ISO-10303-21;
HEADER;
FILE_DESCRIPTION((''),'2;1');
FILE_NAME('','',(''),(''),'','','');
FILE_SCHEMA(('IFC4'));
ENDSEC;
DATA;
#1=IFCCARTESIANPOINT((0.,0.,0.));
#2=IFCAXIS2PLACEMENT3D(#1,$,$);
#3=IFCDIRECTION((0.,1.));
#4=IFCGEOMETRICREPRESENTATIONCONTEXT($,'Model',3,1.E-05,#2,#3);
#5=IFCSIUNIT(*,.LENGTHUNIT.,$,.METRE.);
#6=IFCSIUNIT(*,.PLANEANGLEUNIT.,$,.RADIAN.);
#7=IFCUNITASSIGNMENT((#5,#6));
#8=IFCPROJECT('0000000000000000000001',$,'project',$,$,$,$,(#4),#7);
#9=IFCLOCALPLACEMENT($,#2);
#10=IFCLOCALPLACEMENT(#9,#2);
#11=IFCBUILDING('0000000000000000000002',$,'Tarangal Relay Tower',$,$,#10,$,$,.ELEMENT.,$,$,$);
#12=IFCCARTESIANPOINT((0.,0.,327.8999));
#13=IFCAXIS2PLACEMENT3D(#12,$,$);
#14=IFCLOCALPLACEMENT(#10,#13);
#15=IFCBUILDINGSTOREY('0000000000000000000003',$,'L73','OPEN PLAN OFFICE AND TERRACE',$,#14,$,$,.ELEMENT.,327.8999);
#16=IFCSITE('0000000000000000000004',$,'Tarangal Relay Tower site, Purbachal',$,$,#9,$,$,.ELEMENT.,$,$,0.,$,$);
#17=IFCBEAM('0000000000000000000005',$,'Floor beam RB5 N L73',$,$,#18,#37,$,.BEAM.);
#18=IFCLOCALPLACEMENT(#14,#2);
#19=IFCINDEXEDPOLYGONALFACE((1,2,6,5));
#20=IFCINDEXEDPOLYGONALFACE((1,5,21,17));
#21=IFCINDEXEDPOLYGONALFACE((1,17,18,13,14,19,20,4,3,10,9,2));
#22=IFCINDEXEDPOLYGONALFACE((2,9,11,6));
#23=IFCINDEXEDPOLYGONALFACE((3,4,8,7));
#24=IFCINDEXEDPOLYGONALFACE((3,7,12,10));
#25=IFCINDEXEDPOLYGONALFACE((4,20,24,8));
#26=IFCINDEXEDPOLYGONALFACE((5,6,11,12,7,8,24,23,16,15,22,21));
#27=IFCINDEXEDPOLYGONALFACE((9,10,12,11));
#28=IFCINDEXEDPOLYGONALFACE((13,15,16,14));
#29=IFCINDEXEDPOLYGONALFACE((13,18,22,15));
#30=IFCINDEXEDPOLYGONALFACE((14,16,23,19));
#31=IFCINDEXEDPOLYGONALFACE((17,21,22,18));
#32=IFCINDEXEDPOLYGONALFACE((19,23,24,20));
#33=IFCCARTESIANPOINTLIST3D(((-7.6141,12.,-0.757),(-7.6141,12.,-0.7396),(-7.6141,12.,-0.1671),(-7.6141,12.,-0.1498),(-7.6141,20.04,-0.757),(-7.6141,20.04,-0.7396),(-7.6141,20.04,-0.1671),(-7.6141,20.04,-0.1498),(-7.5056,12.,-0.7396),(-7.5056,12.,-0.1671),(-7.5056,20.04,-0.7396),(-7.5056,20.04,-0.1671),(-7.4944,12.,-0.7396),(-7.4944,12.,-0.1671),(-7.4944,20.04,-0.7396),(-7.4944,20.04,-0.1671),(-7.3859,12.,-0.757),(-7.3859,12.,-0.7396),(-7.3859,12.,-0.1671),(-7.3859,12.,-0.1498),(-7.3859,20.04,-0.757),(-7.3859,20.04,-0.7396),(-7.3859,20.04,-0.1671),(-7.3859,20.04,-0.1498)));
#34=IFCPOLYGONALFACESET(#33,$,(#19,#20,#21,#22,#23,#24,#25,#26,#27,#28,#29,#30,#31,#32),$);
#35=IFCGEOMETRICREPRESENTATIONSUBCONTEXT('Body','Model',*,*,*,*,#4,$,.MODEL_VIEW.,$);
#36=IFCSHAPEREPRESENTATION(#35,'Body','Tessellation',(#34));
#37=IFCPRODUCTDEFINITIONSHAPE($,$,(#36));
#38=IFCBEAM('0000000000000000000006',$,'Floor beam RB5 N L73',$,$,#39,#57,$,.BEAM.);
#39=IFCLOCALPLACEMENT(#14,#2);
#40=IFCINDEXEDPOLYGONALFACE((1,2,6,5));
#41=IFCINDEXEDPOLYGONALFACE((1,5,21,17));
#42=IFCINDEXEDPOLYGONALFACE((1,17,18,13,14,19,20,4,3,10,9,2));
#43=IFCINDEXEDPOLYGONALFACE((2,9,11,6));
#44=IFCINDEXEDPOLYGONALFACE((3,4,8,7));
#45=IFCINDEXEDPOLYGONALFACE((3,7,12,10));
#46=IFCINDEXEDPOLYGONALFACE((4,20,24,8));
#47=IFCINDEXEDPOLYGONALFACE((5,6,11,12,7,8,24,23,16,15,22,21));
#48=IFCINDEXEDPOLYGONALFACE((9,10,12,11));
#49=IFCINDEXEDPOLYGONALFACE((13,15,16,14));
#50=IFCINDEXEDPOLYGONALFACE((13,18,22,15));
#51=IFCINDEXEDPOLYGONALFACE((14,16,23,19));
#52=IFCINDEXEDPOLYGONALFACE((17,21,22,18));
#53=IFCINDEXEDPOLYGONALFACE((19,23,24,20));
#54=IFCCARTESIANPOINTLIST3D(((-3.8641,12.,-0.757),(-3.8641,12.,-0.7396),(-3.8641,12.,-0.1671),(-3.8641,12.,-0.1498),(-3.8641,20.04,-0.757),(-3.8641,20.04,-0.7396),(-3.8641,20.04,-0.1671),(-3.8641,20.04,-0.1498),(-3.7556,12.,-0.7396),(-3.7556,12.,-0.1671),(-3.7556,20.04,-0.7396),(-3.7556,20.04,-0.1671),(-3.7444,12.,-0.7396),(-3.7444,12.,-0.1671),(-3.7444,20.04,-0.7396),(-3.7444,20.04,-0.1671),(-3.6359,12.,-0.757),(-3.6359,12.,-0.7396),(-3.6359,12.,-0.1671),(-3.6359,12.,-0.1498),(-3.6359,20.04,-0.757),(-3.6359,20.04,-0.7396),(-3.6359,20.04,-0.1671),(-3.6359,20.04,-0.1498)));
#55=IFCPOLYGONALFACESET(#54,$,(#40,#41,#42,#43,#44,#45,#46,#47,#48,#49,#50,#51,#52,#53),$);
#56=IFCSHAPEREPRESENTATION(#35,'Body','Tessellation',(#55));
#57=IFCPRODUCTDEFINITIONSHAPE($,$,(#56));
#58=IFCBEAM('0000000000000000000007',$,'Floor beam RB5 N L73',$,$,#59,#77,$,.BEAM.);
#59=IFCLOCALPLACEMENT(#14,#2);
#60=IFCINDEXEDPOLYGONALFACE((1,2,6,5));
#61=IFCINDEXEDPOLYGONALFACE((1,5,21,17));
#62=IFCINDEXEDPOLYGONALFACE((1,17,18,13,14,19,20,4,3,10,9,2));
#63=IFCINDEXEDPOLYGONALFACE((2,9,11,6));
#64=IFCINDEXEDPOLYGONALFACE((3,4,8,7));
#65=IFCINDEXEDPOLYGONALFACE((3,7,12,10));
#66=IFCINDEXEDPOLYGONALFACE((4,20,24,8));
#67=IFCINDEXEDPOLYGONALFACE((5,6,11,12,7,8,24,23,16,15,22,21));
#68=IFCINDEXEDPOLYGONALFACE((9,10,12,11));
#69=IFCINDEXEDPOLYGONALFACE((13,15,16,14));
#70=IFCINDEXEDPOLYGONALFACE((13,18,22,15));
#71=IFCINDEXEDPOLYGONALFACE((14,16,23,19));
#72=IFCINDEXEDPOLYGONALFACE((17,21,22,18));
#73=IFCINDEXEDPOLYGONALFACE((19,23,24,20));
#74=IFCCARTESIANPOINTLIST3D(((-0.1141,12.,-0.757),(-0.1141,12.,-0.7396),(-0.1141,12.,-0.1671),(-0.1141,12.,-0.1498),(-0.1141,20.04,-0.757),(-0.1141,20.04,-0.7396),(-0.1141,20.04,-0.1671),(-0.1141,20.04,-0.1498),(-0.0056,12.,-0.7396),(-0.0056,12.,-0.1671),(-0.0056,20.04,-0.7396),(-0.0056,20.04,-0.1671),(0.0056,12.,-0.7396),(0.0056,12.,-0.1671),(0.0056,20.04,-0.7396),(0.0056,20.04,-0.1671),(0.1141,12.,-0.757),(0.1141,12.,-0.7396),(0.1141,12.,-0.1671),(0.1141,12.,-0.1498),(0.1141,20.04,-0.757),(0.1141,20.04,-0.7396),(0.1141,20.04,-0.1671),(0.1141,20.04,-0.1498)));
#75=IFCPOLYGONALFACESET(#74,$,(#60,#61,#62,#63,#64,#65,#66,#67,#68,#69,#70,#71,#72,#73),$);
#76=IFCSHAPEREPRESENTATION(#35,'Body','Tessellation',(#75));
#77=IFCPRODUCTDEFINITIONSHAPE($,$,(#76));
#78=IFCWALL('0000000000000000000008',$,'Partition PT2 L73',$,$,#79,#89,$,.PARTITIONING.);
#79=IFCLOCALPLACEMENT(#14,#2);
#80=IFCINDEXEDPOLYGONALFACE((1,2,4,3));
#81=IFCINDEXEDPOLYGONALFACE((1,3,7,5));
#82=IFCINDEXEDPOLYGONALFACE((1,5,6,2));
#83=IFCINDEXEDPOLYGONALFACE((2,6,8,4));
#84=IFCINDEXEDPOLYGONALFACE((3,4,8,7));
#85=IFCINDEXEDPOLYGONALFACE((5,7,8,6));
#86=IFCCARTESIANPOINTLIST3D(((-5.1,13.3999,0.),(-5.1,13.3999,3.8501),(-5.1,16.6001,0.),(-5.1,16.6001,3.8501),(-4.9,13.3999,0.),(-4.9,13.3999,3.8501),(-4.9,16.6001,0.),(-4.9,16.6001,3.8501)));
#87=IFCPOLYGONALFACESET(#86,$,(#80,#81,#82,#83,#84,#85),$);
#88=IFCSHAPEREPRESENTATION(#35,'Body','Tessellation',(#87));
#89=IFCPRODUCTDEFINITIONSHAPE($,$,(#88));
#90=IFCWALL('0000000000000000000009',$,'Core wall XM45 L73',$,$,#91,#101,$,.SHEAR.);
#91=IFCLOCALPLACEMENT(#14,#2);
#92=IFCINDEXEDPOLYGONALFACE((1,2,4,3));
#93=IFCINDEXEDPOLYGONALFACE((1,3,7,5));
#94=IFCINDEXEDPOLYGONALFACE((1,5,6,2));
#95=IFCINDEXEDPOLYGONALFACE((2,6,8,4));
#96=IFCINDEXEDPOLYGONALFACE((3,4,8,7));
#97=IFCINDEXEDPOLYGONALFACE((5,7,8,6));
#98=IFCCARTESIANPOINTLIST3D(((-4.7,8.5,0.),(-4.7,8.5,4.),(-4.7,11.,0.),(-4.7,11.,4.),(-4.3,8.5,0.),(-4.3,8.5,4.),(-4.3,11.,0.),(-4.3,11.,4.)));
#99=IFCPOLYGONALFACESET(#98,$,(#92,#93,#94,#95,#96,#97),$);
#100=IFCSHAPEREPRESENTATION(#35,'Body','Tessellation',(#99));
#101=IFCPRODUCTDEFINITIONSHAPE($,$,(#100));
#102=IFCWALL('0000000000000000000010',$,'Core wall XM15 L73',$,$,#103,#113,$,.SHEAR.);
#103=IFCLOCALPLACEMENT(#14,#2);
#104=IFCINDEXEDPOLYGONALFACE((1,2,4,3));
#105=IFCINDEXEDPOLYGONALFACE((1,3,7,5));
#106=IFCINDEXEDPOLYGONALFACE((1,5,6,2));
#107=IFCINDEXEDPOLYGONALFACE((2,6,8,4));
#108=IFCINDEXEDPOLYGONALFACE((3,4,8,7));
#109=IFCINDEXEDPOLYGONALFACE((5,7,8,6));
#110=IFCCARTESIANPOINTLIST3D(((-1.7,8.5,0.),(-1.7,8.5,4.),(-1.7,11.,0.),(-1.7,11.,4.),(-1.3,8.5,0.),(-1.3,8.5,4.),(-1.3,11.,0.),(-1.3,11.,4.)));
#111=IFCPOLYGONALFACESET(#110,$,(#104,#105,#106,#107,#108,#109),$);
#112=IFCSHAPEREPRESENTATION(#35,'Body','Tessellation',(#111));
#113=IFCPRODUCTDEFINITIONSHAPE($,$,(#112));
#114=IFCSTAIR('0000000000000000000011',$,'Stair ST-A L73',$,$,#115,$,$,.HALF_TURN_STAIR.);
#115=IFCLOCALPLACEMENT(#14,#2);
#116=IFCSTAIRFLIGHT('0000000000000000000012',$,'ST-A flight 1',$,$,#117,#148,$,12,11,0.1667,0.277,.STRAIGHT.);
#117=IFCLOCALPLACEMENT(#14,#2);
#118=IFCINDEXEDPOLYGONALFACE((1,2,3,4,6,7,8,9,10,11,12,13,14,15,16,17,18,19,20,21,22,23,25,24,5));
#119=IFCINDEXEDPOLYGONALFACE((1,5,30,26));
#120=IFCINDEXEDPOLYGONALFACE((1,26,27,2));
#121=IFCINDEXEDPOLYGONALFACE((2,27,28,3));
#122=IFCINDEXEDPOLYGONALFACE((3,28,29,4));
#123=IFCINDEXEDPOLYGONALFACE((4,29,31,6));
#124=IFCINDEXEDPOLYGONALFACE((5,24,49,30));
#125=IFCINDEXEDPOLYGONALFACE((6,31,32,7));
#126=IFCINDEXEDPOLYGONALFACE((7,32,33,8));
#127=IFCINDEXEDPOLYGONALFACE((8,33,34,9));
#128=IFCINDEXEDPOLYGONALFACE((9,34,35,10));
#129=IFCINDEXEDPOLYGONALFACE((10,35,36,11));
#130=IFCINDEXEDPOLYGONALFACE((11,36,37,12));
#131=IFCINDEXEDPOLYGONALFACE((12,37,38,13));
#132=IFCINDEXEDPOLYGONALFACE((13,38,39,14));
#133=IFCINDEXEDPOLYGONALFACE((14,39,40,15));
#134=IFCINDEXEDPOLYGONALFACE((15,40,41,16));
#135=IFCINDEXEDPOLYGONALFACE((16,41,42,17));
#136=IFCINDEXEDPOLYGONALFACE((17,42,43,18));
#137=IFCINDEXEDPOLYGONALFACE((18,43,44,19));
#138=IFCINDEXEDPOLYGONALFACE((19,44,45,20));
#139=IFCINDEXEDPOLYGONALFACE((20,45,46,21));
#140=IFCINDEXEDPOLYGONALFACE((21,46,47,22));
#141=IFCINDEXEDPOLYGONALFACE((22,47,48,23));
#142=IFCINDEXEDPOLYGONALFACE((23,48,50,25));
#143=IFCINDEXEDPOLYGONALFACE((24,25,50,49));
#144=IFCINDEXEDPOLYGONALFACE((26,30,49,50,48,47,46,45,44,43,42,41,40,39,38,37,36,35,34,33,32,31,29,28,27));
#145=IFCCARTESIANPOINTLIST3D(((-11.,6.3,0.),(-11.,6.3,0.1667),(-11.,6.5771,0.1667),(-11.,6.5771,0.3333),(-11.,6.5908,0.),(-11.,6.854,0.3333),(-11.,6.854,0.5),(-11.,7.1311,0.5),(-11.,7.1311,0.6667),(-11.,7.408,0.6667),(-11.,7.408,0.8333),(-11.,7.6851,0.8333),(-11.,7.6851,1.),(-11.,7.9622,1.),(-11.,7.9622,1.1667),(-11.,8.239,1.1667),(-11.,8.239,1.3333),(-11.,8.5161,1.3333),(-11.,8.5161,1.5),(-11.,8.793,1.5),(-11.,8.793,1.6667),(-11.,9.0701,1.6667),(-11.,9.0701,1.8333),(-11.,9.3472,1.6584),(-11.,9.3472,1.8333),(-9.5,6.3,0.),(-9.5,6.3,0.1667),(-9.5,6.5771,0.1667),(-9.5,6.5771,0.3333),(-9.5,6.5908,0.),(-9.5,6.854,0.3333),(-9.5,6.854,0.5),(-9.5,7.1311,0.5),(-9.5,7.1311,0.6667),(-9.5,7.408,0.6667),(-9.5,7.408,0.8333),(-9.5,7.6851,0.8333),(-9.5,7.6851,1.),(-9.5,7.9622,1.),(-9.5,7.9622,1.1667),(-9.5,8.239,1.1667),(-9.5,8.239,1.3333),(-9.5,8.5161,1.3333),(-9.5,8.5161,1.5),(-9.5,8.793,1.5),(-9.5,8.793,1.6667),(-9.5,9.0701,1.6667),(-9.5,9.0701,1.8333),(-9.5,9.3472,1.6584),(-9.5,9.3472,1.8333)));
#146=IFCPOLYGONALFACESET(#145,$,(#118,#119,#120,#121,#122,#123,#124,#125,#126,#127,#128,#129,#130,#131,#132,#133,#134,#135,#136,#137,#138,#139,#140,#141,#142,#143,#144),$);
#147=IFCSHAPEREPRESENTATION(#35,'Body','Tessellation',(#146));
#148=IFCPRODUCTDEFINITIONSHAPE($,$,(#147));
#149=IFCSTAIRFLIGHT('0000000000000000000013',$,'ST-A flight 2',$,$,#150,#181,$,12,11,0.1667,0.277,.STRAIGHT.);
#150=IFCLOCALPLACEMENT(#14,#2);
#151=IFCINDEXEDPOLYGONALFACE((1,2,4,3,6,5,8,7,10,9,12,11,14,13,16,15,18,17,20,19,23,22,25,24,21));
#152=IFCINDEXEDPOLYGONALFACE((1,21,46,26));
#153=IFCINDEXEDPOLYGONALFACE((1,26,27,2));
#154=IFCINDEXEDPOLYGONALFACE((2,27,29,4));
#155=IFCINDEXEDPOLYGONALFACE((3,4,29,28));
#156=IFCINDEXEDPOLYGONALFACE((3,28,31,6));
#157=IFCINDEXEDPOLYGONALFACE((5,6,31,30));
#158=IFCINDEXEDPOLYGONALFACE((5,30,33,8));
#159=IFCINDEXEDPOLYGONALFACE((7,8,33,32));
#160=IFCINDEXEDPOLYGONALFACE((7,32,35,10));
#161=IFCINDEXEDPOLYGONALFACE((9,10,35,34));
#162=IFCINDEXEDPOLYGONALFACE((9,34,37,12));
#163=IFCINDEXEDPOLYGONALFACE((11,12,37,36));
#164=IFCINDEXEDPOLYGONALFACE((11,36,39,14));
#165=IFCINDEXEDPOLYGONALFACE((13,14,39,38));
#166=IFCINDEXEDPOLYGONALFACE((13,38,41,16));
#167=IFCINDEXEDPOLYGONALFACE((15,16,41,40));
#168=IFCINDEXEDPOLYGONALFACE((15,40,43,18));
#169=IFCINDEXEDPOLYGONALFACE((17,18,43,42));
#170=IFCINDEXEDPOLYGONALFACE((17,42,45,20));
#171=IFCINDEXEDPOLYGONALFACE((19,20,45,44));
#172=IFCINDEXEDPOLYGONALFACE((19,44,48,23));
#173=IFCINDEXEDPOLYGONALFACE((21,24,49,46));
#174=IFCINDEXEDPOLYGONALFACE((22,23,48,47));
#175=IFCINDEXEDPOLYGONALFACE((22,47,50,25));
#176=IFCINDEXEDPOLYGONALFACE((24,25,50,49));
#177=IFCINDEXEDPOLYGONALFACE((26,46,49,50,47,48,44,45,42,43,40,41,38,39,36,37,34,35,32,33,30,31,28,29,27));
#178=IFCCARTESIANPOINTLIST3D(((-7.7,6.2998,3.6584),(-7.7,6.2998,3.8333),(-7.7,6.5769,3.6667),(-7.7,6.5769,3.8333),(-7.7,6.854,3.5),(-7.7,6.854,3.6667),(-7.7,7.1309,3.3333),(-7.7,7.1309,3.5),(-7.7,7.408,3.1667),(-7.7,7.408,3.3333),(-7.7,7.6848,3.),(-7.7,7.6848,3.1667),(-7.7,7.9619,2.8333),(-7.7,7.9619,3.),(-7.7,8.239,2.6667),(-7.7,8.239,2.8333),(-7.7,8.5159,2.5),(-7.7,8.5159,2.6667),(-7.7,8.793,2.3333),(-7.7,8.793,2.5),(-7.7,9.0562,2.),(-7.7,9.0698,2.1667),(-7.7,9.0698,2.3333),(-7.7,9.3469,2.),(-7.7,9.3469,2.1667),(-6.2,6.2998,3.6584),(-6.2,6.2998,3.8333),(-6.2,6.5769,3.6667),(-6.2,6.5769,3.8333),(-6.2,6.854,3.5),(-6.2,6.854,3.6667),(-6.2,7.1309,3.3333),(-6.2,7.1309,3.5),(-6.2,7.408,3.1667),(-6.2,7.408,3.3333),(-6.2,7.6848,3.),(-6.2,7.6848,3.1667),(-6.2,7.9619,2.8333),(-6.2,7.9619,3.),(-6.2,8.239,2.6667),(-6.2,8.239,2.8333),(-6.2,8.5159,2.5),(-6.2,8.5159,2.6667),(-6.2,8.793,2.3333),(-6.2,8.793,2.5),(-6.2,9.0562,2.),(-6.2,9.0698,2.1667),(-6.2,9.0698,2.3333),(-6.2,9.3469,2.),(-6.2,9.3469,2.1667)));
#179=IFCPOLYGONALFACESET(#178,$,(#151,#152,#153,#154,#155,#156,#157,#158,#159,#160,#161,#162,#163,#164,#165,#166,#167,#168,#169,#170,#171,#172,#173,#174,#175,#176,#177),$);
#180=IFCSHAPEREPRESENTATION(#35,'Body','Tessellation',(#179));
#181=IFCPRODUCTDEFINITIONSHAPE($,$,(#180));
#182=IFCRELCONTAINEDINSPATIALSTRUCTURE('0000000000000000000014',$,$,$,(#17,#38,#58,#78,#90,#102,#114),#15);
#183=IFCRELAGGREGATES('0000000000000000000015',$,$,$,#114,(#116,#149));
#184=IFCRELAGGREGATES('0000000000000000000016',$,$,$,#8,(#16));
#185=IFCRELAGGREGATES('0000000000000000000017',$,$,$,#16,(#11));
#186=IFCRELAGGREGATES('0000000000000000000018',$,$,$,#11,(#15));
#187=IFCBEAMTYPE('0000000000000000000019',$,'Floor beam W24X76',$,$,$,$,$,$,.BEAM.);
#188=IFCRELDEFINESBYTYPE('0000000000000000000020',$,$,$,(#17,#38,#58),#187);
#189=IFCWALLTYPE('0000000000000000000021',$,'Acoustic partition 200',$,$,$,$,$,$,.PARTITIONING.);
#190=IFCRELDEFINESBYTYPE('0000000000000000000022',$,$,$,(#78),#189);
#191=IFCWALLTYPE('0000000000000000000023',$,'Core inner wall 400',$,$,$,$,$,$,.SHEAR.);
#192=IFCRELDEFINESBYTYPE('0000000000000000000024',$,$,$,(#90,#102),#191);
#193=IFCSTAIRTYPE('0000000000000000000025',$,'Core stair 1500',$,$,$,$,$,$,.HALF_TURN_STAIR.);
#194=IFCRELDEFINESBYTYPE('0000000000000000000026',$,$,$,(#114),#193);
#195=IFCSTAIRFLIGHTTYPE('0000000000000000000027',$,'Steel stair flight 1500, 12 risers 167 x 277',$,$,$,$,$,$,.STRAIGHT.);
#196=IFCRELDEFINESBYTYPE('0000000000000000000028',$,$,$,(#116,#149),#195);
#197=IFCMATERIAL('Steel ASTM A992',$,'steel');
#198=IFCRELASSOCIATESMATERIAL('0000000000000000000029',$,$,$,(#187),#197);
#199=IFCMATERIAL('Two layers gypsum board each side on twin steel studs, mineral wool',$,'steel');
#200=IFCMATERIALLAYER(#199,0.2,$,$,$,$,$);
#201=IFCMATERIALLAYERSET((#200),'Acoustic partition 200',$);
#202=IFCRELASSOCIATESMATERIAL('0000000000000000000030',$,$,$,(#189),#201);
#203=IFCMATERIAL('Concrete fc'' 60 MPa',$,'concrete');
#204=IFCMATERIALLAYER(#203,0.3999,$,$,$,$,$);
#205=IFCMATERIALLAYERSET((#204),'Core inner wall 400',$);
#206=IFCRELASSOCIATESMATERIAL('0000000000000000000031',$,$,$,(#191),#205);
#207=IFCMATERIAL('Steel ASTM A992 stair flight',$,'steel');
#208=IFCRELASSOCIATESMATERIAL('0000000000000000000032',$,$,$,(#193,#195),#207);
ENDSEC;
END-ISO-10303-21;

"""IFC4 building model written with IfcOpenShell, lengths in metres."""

from ifc_helpers import new_model, si_unit, direction, frame, frame_2d, origin, origin_2d, place, context, subcontext, project, spatial, polyline, rectangle, i_section, outline, extrude, material, layer, layer_set, material_profile, profile_set, type_object, element, aggregate, save


model = new_model("IFC4")

# Units and contexts
model_context = context("Model", 3, precision=1e-05, world=origin(), true_north=direction((0.0, 1.0)))
body_context = subcontext(model_context, "Body", "Model", "MODEL_VIEW")
ifc_project = project(units=[si_unit("LENGTHUNIT", "METRE"), si_unit("PLANEANGLEUNIT", "RADIAN")], contexts=[model_context])

# Site, building, storey
site_placement = place(None, origin())
site = spatial("IfcSite", under=ifc_project, at=site_placement, Name="Tarangal Relay Tower site, Purbachal", CompositionType="ELEMENT", RefElevation=0.0)
building_placement = place(site_placement, origin())
building = spatial("IfcBuilding", under=site, at=building_placement, Name="Tarangal Relay Tower", CompositionType="ELEMENT")
storey_placement = place(building_placement, frame((0.0, 0.0, 327.8999)))
storey = spatial("IfcBuildingStorey", under=building, at=storey_placement, Name="L73", Description="OPEN PLAN OFFICE AND TERRACE", CompositionType="ELEMENT", Elevation=327.8999)

# Beams
ifc_material_1 = material(Name="Steel ASTM A992", Category="steel")
ifc_material_profile = material_profile(ifc_material_1, i_section(OverallWidth=0.2283, OverallDepth=0.6072, WebThickness=0.0112, FlangeThickness=0.0173, at=origin_2d()), Name="W24X76")
ifc_profile_set = profile_set([ifc_material_profile], Name="Steel ASTM A992")
beam_type = type_object("IfcBeamType", Name="Floor beam W24X76", PredefinedType="BEAM", material=ifc_profile_set)
for number, where, z_axis, x_axis, name in (
    (1, (-7.5, 12.0, -0.4534), (0.0, 1.0, 0.0), (-1.0, 0.0, 0.0), "Floor beam RB5 N L73"),
    (2, (-3.75, 12.0, -0.4534), (0.0, 1.0, 0.0), (-1.0, 0.0, 0.0), "Floor beam RB5 N L73"),
    (3, (0.0, 12.0, -0.4534), (0.0, 1.0, 0.0), (-1.0, 0.0, 0.0), "Floor beam RB5 N L73"),
):
    element("IfcBeam", number, at=place(storey_placement, frame(where, z_axis=z_axis, x_axis=x_axis)), inside=storey, type_object=beam_type, Name=name, PredefinedType="BEAM", context=body_context, shape_type="SweptSolid", body=[
        extrude(i_section(OverallWidth=0.2283, OverallDepth=0.6072, WebThickness=0.0112, FlangeThickness=0.0173, at=origin_2d()), origin(), (0.0, 0.0, 1.0), 8.04),
    ])

# Wall
ifc_material_2 = material(Name="Two layers gypsum board each side on twin steel studs, mineral wool", Category="steel")
ifc_layer_1 = layer(ifc_material_2, 0.2)
ifc_layer_set_1 = layer_set([ifc_layer_1], Name="Acoustic partition 200")
wall_type_1 = type_object("IfcWallType", Name="Acoustic partition 200", PredefinedType="PARTITIONING", material=ifc_layer_set_1)
wall_1_placement = place(storey_placement, frame((-5.0, 13.3999, 0.0), z_axis=(0.0, 0.0, 1.0), x_axis=(0.0, 1.0, 0.0)))
element("IfcWall", 4, at=wall_1_placement, inside=storey, type_object=wall_type_1, Name="Partition PT2 L73", PredefinedType="PARTITIONING", context=body_context, shape_type="SweptSolid", body=[
    extrude(rectangle(XDim=3.2002, YDim=0.2, at=frame_2d((1.6001, 0.0))), origin(), (0.0, 0.0, 1.0), 3.8501),
])

# Shared definitions
ifc_material_3 = material(Name="Concrete fc' 60 MPa", Category="concrete")
ifc_layer_2 = layer(ifc_material_3, 0.3999)
ifc_layer_set_2 = layer_set([ifc_layer_2], Name="Core inner wall 400")
wall_type_2 = type_object("IfcWallType", Name="Core inner wall 400", PredefinedType="SHEAR", material=ifc_layer_set_2)

# Walls
for number, where, z_axis, x_axis, name in (
    (5, (-4.5, 8.5, 0.0), (0.0, 0.0, 1.0), (0.0, 1.0, 0.0), "Core wall XM45 L73"),
    (6, (-1.5, 8.5, 0.0), (0.0, 0.0, 1.0), (0.0, 1.0, 0.0), "Core wall XM15 L73"),
):
    element("IfcWall", number, at=place(storey_placement, frame(where, z_axis=z_axis, x_axis=x_axis)), inside=storey, type_object=wall_type_2, Name=name, PredefinedType="SHEAR", context=body_context, shape_type="SweptSolid", body=[
        extrude(rectangle(XDim=2.5, YDim=0.3999, at=frame_2d((1.25, 0.0))), origin(), (0.0, 0.0, 1.0), 4.0),
    ])

# Stair, stair flights
ifc_material_4 = material(Name="Steel ASTM A992 stair flight", Category="steel")
stair_type = type_object("IfcStairType", Name="Core stair 1500", PredefinedType="HALF_TURN_STAIR", material=ifc_material_4)
stair_placement = place(storey_placement, origin())
stair = element("IfcStair", 7, at=stair_placement, inside=storey, type_object=stair_type, Name="Stair ST-A L73", PredefinedType="HALF_TURN_STAIR")
stair_flight_type = type_object("IfcStairFlightType", Name="Steel stair flight 1500, 12 risers 167 x 277", PredefinedType="STRAIGHT", material=ifc_material_4)
stair_flight_1_placement = place(storey_placement, frame((-10.25, 6.3, 0.0), z_axis=(0.0, 0.0, 1.0), x_axis=(0.0, 1.0, 0.0)))
stair_flight_1 = element("IfcStairFlight", 8, at=stair_flight_1_placement, type_object=stair_flight_type, Name="ST-A flight 1", NumberOfRisers=12, NumberOfTreads=11, PredefinedType="STRAIGHT", RiserHeight=0.1667, TreadLength=0.277, context=body_context, shape_type="SweptSolid", body=[
    extrude(outline(polyline([(0.0, 0.0), (0.0, 0.1667), (0.2771, 0.1667), (0.2771, 0.3333), (0.554, 0.3333), (0.554, 0.5), (0.8311, 0.5), (0.8311, 0.6667), (1.1079, 0.6667), (1.1079, 0.8333), (1.385, 0.8333), (1.385, 1.0), (1.6621, 1.0), (1.6621, 1.1667), (1.939, 1.1667), (1.939, 1.3333), (2.2161, 1.3333), (2.2161, 1.5), (2.4929, 1.5), (2.4929, 1.6667), (2.77, 1.6667), (2.77, 1.8333), (3.0471, 1.8333), (3.0471, 2.0), (3.0471, 1.6584), (0.2908, 0.0), (0.0, 0.0)])), frame((0.0, 0.75, 0.0), z_axis=(0.0, -1.0, 0.0), x_axis=(1.0, 0.0, 0.0)), (0.0, 0.0, 1.0), 1.5),
])
stair_flight_2_placement = place(storey_placement, frame((-6.95, 9.3469, 2.0), z_axis=(0.0, 0.0, 1.0), x_axis=(0.0, -1.0, 0.0)))
stair_flight_2 = element("IfcStairFlight", 9, at=stair_flight_2_placement, type_object=stair_flight_type, Name="ST-A flight 2", NumberOfRisers=12, NumberOfTreads=11, PredefinedType="STRAIGHT", RiserHeight=0.1667, TreadLength=0.277, context=body_context, shape_type="SweptSolid", body=[
    extrude(outline(polyline([(0.0, 0.0), (0.0, 0.1667), (0.2771, 0.1667), (0.2771, 0.3333), (0.554, 0.3333), (0.554, 0.5), (0.8311, 0.5), (0.8311, 0.6667), (1.1079, 0.6667), (1.1079, 0.8333), (1.385, 0.8333), (1.385, 1.0), (1.6621, 1.0), (1.6621, 1.1667), (1.939, 1.1667), (1.939, 1.3333), (2.2161, 1.3333), (2.2161, 1.5), (2.4929, 1.5), (2.4929, 1.6667), (2.77, 1.6667), (2.77, 1.8333), (3.0471, 1.8333), (3.0471, 2.0), (3.0471, 1.6584), (0.2908, 0.0), (0.0, 0.0)])), frame((0.0, 0.75, 0.0), z_axis=(0.0, -1.0, 0.0), x_axis=(1.0, 0.0, 0.0)), (0.0, 0.0, 1.0), 1.5),
])
aggregate(stair, [stair_flight_1, stair_flight_2])

save(model, "model.ifc")
